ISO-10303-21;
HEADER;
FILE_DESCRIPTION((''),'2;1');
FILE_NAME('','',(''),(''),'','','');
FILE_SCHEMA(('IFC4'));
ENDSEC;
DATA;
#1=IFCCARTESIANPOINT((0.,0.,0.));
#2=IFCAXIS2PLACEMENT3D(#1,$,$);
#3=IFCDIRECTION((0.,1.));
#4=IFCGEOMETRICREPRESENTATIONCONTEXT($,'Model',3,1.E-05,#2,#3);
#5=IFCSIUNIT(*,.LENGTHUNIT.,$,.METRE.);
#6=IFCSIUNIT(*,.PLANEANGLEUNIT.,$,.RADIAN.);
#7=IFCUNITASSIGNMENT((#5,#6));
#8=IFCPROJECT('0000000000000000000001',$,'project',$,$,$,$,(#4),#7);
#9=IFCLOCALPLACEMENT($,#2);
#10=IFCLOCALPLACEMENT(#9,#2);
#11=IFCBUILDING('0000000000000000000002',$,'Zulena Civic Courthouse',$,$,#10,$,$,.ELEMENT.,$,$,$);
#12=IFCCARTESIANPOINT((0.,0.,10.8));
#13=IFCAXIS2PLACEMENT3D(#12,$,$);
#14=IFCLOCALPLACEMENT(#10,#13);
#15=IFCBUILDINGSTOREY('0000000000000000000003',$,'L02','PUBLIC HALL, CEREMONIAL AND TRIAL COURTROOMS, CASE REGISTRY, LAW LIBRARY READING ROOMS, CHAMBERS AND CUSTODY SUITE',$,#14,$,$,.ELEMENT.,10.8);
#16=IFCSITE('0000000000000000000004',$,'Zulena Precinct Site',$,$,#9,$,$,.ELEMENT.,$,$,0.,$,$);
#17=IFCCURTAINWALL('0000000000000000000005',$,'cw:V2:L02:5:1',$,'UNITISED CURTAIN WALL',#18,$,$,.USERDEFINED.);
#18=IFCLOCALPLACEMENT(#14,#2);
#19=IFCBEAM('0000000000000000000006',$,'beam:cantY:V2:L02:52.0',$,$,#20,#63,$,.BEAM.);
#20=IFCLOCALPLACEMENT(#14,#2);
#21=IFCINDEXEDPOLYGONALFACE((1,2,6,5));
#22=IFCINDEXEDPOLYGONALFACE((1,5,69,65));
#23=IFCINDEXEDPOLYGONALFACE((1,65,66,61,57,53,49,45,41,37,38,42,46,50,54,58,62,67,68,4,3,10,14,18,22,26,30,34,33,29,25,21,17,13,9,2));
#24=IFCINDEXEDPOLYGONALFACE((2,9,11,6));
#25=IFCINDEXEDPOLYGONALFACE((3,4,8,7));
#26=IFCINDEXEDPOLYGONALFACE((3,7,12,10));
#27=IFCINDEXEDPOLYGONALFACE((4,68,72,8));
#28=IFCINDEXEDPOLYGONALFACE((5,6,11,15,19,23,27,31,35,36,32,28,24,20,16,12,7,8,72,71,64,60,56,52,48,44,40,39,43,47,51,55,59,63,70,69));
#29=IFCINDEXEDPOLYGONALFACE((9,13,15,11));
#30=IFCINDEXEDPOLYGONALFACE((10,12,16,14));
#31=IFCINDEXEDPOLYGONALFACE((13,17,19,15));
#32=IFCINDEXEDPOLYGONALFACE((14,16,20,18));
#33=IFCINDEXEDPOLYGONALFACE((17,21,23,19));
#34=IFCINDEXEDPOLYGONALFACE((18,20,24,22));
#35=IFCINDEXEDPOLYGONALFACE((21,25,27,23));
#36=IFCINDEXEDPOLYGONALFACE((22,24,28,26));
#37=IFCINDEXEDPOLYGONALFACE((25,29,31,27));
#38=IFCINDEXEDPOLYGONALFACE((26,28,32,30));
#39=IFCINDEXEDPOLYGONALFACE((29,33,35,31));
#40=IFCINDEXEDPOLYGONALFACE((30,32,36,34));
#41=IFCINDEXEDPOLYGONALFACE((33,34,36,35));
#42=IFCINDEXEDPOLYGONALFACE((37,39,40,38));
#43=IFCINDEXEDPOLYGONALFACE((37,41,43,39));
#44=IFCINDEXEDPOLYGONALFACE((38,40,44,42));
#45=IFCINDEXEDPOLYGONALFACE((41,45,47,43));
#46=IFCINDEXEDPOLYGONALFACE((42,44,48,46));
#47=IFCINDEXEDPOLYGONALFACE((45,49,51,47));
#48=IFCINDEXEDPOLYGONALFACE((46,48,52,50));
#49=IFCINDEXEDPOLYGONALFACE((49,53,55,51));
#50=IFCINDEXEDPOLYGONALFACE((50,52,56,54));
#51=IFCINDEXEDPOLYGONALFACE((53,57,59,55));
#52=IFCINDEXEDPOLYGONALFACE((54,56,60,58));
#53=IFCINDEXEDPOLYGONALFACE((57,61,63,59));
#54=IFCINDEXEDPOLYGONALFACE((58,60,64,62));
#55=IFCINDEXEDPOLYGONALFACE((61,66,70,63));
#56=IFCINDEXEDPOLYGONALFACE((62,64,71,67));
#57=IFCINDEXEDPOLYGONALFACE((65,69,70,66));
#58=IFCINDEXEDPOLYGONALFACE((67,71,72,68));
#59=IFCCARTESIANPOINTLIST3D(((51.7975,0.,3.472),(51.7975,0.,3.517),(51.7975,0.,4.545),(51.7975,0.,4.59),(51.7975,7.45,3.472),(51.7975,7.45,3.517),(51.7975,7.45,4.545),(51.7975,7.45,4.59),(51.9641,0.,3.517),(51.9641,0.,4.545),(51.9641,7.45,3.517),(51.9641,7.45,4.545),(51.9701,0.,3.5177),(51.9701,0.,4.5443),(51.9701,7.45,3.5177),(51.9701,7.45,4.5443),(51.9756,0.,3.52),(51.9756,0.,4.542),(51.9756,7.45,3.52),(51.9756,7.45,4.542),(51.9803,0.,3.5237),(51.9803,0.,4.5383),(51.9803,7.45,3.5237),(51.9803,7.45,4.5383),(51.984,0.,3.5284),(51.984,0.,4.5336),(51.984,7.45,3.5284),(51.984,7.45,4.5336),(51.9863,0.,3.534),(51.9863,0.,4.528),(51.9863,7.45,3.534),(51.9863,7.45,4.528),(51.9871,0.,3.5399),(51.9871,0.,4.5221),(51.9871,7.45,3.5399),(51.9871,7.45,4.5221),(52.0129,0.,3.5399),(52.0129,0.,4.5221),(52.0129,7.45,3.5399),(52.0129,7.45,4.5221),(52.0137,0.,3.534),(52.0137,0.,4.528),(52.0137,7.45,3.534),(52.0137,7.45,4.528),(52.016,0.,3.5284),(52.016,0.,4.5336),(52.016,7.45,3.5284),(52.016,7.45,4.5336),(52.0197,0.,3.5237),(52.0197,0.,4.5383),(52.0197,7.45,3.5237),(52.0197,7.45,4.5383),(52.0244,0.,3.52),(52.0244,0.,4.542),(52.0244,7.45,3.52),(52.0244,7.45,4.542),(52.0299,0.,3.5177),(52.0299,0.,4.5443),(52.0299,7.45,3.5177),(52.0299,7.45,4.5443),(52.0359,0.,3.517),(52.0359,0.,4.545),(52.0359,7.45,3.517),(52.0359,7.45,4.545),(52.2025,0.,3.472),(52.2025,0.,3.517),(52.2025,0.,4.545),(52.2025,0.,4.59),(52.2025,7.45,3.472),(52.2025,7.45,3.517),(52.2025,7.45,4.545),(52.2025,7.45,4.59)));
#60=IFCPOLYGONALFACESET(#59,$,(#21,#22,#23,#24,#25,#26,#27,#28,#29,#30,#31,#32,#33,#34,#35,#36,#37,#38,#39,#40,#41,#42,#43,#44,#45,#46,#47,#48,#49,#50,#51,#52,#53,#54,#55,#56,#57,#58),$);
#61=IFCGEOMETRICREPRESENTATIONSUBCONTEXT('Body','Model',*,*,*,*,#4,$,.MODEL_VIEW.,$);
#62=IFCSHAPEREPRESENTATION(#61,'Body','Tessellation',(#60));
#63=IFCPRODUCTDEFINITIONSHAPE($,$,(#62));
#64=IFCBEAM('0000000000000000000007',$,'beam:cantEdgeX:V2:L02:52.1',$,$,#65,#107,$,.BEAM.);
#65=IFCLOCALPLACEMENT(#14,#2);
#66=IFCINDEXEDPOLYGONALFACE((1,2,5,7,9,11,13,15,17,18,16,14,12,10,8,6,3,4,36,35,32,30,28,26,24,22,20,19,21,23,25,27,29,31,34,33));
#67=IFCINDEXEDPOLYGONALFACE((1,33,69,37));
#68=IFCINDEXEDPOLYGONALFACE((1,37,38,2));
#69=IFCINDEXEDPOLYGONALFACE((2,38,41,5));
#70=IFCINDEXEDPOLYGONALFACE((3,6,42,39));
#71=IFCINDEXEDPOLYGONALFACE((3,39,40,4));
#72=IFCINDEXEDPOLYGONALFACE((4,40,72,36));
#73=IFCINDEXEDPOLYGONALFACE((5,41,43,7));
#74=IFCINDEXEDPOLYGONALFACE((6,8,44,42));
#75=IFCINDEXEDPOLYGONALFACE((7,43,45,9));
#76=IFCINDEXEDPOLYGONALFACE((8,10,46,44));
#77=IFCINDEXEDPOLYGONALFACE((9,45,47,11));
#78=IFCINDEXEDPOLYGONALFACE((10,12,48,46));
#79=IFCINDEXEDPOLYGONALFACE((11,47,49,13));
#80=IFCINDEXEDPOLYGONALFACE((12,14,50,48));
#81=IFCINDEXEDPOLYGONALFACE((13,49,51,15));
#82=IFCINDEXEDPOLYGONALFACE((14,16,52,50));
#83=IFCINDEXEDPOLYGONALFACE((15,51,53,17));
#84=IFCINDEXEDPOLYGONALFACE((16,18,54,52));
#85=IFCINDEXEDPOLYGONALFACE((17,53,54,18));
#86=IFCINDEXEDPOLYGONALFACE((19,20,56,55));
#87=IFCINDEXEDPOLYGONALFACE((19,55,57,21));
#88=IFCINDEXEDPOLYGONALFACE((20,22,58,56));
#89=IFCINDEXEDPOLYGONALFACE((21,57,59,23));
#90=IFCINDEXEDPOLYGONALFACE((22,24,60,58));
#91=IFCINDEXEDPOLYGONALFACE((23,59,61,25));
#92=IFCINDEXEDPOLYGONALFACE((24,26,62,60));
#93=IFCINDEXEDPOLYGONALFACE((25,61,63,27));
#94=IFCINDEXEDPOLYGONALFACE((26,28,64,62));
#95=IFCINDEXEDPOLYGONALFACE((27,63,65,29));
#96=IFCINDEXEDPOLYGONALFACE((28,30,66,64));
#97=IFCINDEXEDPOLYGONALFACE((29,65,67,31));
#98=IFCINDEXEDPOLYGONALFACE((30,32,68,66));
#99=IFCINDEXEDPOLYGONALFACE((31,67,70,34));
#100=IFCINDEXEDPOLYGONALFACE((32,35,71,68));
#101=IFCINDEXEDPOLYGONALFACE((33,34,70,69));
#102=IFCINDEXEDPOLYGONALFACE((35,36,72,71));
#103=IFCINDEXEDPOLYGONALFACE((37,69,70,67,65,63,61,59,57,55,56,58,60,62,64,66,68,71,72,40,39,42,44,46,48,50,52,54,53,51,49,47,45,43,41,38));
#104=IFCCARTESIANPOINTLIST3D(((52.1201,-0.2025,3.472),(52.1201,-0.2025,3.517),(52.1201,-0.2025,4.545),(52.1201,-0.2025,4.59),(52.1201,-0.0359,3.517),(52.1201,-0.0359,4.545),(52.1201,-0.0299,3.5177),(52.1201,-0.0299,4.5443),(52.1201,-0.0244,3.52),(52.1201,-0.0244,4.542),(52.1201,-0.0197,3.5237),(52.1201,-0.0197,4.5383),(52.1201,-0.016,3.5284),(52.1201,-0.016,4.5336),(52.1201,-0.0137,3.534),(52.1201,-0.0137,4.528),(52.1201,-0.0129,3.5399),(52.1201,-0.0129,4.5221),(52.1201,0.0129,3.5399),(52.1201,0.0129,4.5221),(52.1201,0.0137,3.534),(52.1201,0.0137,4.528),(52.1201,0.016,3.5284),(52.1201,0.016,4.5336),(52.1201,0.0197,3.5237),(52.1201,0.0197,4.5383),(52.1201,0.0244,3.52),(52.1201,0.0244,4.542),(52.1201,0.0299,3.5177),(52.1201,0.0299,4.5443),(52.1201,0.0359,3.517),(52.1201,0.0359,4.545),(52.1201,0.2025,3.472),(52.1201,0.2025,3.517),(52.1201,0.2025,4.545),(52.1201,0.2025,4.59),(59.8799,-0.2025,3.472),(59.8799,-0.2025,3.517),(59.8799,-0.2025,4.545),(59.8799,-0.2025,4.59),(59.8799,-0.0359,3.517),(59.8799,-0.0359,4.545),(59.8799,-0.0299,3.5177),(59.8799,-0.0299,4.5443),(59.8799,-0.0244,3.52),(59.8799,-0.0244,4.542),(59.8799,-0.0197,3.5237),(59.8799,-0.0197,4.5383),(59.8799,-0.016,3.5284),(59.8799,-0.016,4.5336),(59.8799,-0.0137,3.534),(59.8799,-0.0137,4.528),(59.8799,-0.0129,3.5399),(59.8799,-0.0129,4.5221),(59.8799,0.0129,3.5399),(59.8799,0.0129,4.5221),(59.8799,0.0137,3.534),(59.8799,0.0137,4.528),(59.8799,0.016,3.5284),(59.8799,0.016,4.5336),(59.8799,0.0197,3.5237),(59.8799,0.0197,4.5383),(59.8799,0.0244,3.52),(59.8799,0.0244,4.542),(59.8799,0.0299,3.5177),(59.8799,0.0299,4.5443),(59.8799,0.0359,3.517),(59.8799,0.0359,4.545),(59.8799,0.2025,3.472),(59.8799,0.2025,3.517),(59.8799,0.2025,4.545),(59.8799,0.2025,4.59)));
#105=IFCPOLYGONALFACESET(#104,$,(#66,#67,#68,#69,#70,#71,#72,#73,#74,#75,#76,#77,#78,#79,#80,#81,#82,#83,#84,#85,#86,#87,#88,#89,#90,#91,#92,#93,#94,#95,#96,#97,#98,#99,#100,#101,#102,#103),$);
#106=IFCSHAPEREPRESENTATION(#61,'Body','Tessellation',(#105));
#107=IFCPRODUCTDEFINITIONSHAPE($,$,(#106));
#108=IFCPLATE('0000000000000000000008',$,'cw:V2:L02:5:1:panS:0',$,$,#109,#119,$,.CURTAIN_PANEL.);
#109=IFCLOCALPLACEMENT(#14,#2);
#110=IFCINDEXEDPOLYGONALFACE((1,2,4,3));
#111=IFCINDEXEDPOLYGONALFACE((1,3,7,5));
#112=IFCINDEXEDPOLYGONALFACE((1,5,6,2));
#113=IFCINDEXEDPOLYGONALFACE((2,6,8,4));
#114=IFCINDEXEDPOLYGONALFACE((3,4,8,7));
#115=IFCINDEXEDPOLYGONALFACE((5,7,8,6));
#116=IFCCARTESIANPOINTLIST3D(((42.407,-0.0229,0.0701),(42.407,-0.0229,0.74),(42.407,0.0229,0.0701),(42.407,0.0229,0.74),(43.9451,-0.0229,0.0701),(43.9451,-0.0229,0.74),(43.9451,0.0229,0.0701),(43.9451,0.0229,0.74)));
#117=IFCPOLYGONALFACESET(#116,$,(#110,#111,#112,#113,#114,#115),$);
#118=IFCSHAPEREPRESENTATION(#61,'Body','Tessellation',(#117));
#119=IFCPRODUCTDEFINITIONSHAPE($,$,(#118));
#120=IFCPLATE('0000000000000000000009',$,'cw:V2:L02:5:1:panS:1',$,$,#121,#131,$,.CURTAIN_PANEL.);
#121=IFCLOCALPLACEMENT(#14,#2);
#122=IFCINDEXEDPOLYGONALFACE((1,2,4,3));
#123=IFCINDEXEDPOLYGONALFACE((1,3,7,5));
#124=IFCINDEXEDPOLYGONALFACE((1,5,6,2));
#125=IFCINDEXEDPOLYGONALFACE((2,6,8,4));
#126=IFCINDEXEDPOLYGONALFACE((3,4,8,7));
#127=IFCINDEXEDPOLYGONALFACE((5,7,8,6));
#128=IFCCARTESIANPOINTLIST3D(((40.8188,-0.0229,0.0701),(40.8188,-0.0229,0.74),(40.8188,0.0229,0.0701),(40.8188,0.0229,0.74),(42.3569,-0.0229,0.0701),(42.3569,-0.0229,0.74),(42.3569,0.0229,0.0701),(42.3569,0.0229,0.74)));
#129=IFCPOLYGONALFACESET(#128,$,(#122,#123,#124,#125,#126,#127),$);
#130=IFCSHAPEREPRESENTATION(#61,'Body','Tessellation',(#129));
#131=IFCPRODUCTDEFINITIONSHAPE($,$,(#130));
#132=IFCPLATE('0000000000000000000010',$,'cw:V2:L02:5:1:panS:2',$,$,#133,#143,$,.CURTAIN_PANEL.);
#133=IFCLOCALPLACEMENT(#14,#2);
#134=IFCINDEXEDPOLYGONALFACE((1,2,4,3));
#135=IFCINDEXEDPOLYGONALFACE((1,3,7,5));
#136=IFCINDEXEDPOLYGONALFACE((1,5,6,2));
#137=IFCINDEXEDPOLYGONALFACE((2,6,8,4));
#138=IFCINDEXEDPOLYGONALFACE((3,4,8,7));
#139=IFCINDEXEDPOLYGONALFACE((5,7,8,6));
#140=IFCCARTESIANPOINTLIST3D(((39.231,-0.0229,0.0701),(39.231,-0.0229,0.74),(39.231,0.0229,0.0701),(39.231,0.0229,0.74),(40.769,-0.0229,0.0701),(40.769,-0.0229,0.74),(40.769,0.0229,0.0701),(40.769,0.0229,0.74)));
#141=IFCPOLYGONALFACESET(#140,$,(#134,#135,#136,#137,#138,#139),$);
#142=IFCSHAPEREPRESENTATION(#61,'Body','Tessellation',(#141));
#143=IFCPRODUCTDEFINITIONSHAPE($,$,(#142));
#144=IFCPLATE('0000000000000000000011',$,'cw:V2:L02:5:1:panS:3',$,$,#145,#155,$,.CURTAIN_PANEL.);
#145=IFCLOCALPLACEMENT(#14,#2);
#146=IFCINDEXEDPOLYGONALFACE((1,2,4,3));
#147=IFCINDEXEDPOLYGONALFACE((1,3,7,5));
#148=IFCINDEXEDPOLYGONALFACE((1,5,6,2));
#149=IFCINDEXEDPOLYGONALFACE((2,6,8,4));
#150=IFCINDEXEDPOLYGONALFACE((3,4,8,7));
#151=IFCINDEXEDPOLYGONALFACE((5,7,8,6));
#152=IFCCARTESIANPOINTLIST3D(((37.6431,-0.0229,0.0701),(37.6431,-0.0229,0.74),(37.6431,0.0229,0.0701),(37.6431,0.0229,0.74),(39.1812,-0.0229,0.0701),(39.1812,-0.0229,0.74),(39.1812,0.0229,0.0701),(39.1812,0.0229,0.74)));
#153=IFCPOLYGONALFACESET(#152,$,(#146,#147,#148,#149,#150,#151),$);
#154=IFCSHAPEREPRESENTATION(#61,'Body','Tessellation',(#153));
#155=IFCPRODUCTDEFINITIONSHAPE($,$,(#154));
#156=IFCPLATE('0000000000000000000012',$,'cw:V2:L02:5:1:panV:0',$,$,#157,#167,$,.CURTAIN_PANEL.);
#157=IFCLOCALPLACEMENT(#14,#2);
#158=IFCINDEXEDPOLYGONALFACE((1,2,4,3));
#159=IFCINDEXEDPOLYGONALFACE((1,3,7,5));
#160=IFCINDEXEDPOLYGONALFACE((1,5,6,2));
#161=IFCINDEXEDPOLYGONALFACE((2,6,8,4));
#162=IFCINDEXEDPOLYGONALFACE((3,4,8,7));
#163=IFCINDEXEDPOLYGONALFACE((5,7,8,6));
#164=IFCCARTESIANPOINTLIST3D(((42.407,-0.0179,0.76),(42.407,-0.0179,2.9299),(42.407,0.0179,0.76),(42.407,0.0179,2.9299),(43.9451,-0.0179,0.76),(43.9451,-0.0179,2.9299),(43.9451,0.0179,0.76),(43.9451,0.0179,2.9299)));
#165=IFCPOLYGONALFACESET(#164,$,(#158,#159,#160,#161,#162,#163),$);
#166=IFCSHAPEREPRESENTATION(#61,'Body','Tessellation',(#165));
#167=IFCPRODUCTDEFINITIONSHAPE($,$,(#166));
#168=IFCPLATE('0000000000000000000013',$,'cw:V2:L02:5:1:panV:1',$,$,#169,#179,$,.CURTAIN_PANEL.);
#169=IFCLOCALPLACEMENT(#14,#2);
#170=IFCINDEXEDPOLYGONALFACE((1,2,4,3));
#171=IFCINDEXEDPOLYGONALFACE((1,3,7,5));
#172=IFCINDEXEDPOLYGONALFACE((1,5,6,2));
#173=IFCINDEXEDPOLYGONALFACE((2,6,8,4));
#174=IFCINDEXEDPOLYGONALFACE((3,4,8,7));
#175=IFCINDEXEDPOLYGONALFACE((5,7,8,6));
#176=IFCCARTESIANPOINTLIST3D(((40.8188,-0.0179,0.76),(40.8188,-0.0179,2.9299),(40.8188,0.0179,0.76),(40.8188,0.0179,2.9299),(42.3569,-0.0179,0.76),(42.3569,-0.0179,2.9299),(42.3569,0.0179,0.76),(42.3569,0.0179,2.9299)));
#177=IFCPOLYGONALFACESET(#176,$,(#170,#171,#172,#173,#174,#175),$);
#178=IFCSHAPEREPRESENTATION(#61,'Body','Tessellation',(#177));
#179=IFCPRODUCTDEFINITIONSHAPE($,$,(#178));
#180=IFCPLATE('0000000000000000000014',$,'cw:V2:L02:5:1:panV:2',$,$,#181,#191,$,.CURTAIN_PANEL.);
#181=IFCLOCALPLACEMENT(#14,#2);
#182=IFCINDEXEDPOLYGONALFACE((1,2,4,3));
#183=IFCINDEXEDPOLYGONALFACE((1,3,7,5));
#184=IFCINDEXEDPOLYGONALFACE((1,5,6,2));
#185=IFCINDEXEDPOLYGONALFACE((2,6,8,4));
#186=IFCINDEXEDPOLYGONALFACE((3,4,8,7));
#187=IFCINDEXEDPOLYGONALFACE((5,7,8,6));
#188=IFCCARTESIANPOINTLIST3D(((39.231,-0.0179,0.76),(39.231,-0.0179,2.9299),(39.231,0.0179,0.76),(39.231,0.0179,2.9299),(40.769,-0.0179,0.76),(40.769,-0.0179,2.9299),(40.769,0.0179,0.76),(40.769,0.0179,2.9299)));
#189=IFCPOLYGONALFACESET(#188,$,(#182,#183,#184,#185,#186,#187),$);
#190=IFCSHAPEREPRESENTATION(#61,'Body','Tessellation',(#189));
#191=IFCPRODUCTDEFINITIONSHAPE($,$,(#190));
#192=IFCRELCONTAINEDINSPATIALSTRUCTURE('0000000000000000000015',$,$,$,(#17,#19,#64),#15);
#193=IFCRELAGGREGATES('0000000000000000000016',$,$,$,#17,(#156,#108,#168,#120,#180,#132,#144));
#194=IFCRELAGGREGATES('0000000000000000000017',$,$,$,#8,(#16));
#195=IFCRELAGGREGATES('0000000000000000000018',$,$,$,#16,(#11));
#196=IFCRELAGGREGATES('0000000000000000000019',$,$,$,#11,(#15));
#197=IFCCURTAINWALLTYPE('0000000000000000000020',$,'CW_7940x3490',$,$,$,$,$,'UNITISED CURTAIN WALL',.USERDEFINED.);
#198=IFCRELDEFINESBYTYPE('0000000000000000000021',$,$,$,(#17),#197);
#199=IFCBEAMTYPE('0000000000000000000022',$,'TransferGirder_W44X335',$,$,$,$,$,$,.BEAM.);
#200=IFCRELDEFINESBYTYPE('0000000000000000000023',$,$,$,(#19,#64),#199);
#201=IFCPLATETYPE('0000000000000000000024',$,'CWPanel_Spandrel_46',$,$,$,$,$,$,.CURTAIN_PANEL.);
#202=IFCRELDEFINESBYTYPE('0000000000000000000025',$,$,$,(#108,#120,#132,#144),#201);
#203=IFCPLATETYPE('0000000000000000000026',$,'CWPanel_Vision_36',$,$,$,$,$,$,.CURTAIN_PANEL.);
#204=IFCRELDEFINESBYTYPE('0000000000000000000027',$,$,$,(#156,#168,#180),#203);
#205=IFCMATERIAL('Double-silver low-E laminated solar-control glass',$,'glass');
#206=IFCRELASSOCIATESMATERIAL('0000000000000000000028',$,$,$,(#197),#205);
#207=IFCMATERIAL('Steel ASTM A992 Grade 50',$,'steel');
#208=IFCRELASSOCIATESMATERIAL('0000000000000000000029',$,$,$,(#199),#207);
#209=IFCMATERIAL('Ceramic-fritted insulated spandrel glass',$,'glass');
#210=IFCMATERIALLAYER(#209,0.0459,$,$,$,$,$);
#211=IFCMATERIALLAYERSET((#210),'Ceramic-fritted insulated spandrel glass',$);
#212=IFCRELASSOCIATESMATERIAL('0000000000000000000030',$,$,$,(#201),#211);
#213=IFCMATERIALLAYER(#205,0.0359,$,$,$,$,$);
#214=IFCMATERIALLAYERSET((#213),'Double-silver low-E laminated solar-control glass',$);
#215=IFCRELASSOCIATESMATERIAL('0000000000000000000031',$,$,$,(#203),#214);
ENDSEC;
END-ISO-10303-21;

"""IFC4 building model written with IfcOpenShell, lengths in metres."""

from ifc_helpers import new_model, si_unit, direction, frame, origin, origin_2d, place, context, subcontext, project, spatial, rectangle, i_section, extrude, material, layer, layer_set, material_profile, profile_set, type_object, element, aggregate, save


model = new_model("IFC4")

# Units and contexts
model_context = context("Model", 3, precision=1e-05, world=origin(), true_north=direction((0.0, 1.0)))
body_context = subcontext(model_context, "Body", "Model", "MODEL_VIEW")
ifc_project = project(units=[si_unit("LENGTHUNIT", "METRE"), si_unit("PLANEANGLEUNIT", "RADIAN")], contexts=[model_context])

# Site, building, storey
site_placement = place(None, origin())
site = spatial("IfcSite", under=ifc_project, at=site_placement, Name="Zulena Precinct Site", CompositionType="ELEMENT", RefElevation=0.0)
building_placement = place(site_placement, origin())
building = spatial("IfcBuilding", under=site, at=building_placement, Name="Zulena Civic Courthouse", CompositionType="ELEMENT")
storey_placement = place(building_placement, frame((0.0, 0.0, 10.8)))
storey = spatial("IfcBuildingStorey", under=building, at=storey_placement, Name="L02", Description="PUBLIC HALL, CEREMONIAL AND TRIAL COURTROOMS, CASE REGISTRY, LAW LIBRARY READING ROOMS, CHAMBERS AND CUSTODY SUITE", CompositionType="ELEMENT", Elevation=10.8)

# Shared definitions
ifc_material_1 = material(Name="Steel ASTM A992 Grade 50", Category="steel")

# Curtain wall
ifc_material_2 = material(Name="Double-silver low-E laminated solar-control glass", Category="glass")
curtain_wall_type = type_object("IfcCurtainWallType", Name="CW_7940x3490", ElementType="UNITISED CURTAIN WALL", PredefinedType="USERDEFINED", material=ifc_material_2)
curtain_wall_placement = place(storey_placement, origin())
curtain_wall = element("IfcCurtainWall", 1, at=curtain_wall_placement, inside=storey, type_object=curtain_wall_type, Name="cw:V2:L02:5:1", ObjectType="UNITISED CURTAIN WALL", PredefinedType="USERDEFINED")

# Beams
ifc_material_profile_1 = material_profile(ifc_material_1, i_section(OverallWidth=0.405, OverallDepth=1.1179, WebThickness=0.0259, FlangeThickness=0.0449, FilletRadius=0.0229, at=origin_2d()), Name="W44X335")
ifc_profile_set_1 = profile_set([ifc_material_profile_1], Name="Steel ASTM A992 Grade 50")
beam_type_1 = type_object("IfcBeamType", Name="TransferGirder_W44X335", PredefinedType="BEAM", material=ifc_profile_set_1)
beam_1_placement = place(storey_placement, frame((52.0, 0.0, 4.031), z_axis=(0.0, 1.0, 0.0), x_axis=(-1.0, 0.0, 0.0)))
element("IfcBeam", 2, at=beam_1_placement, inside=storey, type_object=beam_type_1, Name="beam:cantY:V2:L02:52.0", PredefinedType="BEAM", context=body_context, shape_type="SweptSolid", body=[
    extrude(i_section(OverallWidth=0.405, OverallDepth=1.1179, WebThickness=0.0259, FlangeThickness=0.0449, FilletRadius=0.0229, at=origin_2d()), origin(), (0.0, 0.0, 1.0), 7.45),
])
beam_2_placement = place(storey_placement, frame((52.1201, 0.0, 4.031), z_axis=(1.0, 0.0, 0.0), x_axis=(0.0, 1.0, 0.0)))
element("IfcBeam", 3, at=beam_2_placement, inside=storey, type_object=beam_type_1, Name="beam:cantEdgeX:V2:L02:52.1", PredefinedType="BEAM", context=body_context, shape_type="SweptSolid", body=[
    extrude(i_section(OverallWidth=0.405, OverallDepth=1.1179, WebThickness=0.0259, FlangeThickness=0.0449, FilletRadius=0.0229, at=origin_2d()), origin(), (0.0, 0.0, 1.0), 7.7598),
])

# Plates
ifc_material_3 = material(Name="Ceramic-fritted insulated spandrel glass", Category="glass")
ifc_layer_1 = layer(ifc_material_3, 0.0459)
ifc_layer_set_1 = layer_set([ifc_layer_1], Name="Ceramic-fritted insulated spandrel glass")
plate_type_1 = type_object("IfcPlateType", Name="CWPanel_Spandrel_46", PredefinedType="CURTAIN_PANEL", material=ifc_layer_set_1)
plate_1_placement = place(storey_placement, frame((43.176, 0.0, 0.0701), z_axis=(0.0, 0.0, 1.0), x_axis=(-1.0, 0.0, 0.0)))
plate_1 = element("IfcPlate", 4, at=plate_1_placement, type_object=plate_type_1, Name="cw:V2:L02:5:1:panS:0", PredefinedType="CURTAIN_PANEL", context=body_context, shape_type="SweptSolid", body=[
    extrude(rectangle(XDim=1.5381, YDim=0.0459, at=origin_2d()), origin(), (0.0, 0.0, 1.0), 0.6699),
])
plate_2_placement = place(storey_placement, frame((41.5879, 0.0, 0.0701), z_axis=(0.0, 0.0, 1.0), x_axis=(-1.0, 0.0, 0.0)))
plate_2 = element("IfcPlate", 5, at=plate_2_placement, type_object=plate_type_1, Name="cw:V2:L02:5:1:panS:1", PredefinedType="CURTAIN_PANEL", context=body_context, shape_type="SweptSolid", body=[
    extrude(rectangle(XDim=1.5381, YDim=0.0459, at=origin_2d()), origin(), (0.0, 0.0, 1.0), 0.6699),
])
plate_3_placement = place(storey_placement, frame((40.0, 0.0, 0.0701), z_axis=(0.0, 0.0, 1.0), x_axis=(-1.0, 0.0, 0.0)))
plate_3 = element("IfcPlate", 6, at=plate_3_placement, type_object=plate_type_1, Name="cw:V2:L02:5:1:panS:2", PredefinedType="CURTAIN_PANEL", context=body_context, shape_type="SweptSolid", body=[
    extrude(rectangle(XDim=1.5381, YDim=0.0459, at=origin_2d()), origin(), (0.0, 0.0, 1.0), 0.6699),
])
plate_4_placement = place(storey_placement, frame((38.4121, 0.0, 0.0701), z_axis=(0.0, 0.0, 1.0), x_axis=(-1.0, 0.0, 0.0)))
plate_4 = element("IfcPlate", 7, at=plate_4_placement, type_object=plate_type_1, Name="cw:V2:L02:5:1:panS:3", PredefinedType="CURTAIN_PANEL", context=body_context, shape_type="SweptSolid", body=[
    extrude(rectangle(XDim=1.5381, YDim=0.0459, at=origin_2d()), origin(), (0.0, 0.0, 1.0), 0.6699),
])
ifc_layer_2 = layer(ifc_material_2, 0.0359)
ifc_layer_set_2 = layer_set([ifc_layer_2], Name="Double-silver low-E laminated solar-control glass")
plate_type_2 = type_object("IfcPlateType", Name="CWPanel_Vision_36", PredefinedType="CURTAIN_PANEL", material=ifc_layer_set_2)
plate_5_placement = place(storey_placement, frame((43.176, 0.0, 0.76), z_axis=(0.0, 0.0, 1.0), x_axis=(-1.0, 0.0, 0.0)))
plate_5 = element("IfcPlate", 8, at=plate_5_placement, type_object=plate_type_2, Name="cw:V2:L02:5:1:panV:0", PredefinedType="CURTAIN_PANEL", context=body_context, shape_type="SweptSolid", body=[
    extrude(rectangle(XDim=1.5381, YDim=0.0359, at=origin_2d()), origin(), (0.0, 0.0, 1.0), 2.1699),
])
plate_6_placement = place(storey_placement, frame((41.5879, 0.0, 0.76), z_axis=(0.0, 0.0, 1.0), x_axis=(-1.0, 0.0, 0.0)))
plate_6 = element("IfcPlate", 9, at=plate_6_placement, type_object=plate_type_2, Name="cw:V2:L02:5:1:panV:1", PredefinedType="CURTAIN_PANEL", context=body_context, shape_type="SweptSolid", body=[
    extrude(rectangle(XDim=1.5381, YDim=0.0359, at=origin_2d()), origin(), (0.0, 0.0, 1.0), 2.1699),
])
plate_7_placement = place(storey_placement, frame((40.0, 0.0, 0.76), z_axis=(0.0, 0.0, 1.0), x_axis=(-1.0, 0.0, 0.0)))
plate_7 = element("IfcPlate", 10, at=plate_7_placement, type_object=plate_type_2, Name="cw:V2:L02:5:1:panV:2", PredefinedType="CURTAIN_PANEL", context=body_context, shape_type="SweptSolid", body=[
    extrude(rectangle(XDim=1.5381, YDim=0.0359, at=origin_2d()), origin(), (0.0, 0.0, 1.0), 2.1699),
])
aggregate(curtain_wall, [plate_5, plate_1, plate_6, plate_2, plate_7, plate_3, plate_4])

save(model, "model.ifc")
